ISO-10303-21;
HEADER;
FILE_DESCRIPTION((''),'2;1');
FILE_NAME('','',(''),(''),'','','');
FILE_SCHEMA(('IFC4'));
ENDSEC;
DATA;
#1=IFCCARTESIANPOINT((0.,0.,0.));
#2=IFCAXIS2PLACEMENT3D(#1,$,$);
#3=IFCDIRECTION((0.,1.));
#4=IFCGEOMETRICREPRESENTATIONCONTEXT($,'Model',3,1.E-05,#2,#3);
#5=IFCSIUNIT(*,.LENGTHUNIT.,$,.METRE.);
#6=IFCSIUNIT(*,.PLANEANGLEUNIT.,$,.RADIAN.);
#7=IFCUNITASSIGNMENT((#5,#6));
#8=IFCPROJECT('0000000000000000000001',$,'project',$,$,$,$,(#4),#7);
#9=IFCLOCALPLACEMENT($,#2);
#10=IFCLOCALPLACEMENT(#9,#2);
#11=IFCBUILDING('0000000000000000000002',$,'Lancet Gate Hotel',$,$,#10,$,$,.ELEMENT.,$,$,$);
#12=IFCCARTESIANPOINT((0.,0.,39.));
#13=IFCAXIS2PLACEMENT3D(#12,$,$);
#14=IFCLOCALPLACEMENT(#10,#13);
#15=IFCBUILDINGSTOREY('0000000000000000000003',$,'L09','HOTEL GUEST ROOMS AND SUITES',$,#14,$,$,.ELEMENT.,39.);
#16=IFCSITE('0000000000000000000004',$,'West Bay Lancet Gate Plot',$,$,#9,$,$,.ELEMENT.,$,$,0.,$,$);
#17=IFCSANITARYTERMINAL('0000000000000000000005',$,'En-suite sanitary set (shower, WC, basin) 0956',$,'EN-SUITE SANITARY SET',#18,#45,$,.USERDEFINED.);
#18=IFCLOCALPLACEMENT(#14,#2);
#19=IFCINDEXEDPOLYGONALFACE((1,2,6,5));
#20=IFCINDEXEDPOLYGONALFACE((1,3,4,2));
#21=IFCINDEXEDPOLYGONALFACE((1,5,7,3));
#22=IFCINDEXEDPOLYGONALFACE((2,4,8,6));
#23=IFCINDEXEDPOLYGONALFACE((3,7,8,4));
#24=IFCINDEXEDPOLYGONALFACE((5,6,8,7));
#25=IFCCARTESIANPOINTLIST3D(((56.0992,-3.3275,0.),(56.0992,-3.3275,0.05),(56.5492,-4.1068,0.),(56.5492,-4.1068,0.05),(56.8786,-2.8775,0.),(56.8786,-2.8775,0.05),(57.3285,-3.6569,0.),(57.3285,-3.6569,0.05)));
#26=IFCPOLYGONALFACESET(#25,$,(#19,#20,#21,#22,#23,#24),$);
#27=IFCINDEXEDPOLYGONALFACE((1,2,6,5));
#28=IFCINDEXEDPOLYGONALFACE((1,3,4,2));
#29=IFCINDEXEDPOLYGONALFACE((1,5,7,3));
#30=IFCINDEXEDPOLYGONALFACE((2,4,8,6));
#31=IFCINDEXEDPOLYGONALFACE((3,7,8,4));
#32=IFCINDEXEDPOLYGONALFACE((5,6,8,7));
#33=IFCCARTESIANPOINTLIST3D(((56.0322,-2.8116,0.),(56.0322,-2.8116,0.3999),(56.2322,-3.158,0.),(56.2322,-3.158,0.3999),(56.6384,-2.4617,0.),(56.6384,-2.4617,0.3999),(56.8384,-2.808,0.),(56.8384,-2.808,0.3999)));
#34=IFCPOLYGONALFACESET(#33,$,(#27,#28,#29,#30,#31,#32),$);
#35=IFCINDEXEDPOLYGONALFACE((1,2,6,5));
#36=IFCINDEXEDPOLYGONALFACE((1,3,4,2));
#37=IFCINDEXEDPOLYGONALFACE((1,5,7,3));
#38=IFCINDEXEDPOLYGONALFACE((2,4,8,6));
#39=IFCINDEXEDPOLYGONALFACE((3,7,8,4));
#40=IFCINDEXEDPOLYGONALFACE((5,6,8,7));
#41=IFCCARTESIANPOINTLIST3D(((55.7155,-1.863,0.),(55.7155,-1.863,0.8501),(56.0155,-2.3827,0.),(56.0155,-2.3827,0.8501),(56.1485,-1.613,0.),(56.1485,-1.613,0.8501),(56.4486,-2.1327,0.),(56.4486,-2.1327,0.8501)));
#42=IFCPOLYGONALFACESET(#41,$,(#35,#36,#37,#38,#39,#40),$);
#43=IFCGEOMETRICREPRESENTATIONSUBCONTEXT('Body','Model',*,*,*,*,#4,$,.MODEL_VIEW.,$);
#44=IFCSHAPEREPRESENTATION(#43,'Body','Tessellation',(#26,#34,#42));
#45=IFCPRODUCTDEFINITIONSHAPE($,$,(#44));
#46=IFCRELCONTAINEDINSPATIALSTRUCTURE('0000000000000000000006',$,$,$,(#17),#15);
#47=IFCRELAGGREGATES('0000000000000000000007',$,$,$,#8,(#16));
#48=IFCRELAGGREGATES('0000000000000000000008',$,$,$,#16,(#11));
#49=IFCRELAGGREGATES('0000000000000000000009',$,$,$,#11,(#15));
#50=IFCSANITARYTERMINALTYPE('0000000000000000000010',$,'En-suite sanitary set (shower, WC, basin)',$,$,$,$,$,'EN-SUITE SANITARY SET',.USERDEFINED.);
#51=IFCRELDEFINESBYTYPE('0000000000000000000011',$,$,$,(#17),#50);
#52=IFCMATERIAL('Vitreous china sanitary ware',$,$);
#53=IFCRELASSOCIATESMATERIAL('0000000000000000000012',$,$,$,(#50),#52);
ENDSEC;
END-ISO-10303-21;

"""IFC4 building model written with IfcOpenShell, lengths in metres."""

from ifc_helpers import new_model, si_unit, direction, frame, origin, origin_2d, place, context, subcontext, project, spatial, rectangle, extrude, material, type_object, element, save


model = new_model("IFC4")

# Units and contexts
model_context = context("Model", 3, precision=1e-05, world=origin(), true_north=direction((0.0, 1.0)))
body_context = subcontext(model_context, "Body", "Model", "MODEL_VIEW")
ifc_project = project(units=[si_unit("LENGTHUNIT", "METRE"), si_unit("PLANEANGLEUNIT", "RADIAN")], contexts=[model_context])

# Site, building, storey
site_placement = place(None, origin())
site = spatial("IfcSite", under=ifc_project, at=site_placement, Name="West Bay Lancet Gate Plot", CompositionType="ELEMENT", RefElevation=0.0)
building_placement = place(site_placement, origin())
building = spatial("IfcBuilding", under=site, at=building_placement, Name="Lancet Gate Hotel", CompositionType="ELEMENT")
storey_placement = place(building_placement, frame((0.0, 0.0, 39.0)))
storey = spatial("IfcBuildingStorey", under=building, at=storey_placement, Name="L09", Description="HOTEL GUEST ROOMS AND SUITES", CompositionType="ELEMENT", Elevation=39.0)

# Sanitary terminal
ifc_material_1 = material(Name="Vitreous china sanitary ware")
sanitary_terminal_type = type_object("IfcSanitaryTerminalType", Name="En-suite sanitary set (shower, WC, basin)", ElementType="EN-SUITE SANITARY SET", PredefinedType="USERDEFINED", material=ifc_material_1)
sanitary_terminal_placement = place(storey_placement, frame((56.7139, -3.4922, 0.0), z_axis=(0.0, 0.0, 1.0), x_axis=(1.0, 0.0, 0.0)))
element("IfcSanitaryTerminal", 1, at=sanitary_terminal_placement, inside=storey, type_object=sanitary_terminal_type, Name="En-suite sanitary set (shower, WC, basin) 0956", ObjectType="EN-SUITE SANITARY SET", PredefinedType="USERDEFINED", context=body_context, shape_type="SweptSolid", body=[
    extrude(rectangle(XDim=0.8999, YDim=0.8999, at=origin_2d()), frame((0.0, 0.0, 0.0), z_axis=(0.0, 0.0, 1.0), x_axis=(0.5, -0.866025, 0.0)), (0.0, 0.0, 1.0), 0.05),
    extrude(rectangle(XDim=0.3999, YDim=0.7, at=origin_2d()), frame((-0.2786, 0.6824, 0.0), z_axis=(0.0, 0.0, 1.0), x_axis=(0.5, -0.866025, 0.0)), (0.0, 0.0, 1.0), 0.3999),
    extrude(rectangle(XDim=0.6001, YDim=0.5, at=origin_2d()), frame((-0.6318, 1.4944, 0.0), z_axis=(0.0, 0.0, 1.0), x_axis=(0.5, -0.866025, 0.0)), (0.0, 0.0, 1.0), 0.8501),
])

save(model, "model.ifc")
